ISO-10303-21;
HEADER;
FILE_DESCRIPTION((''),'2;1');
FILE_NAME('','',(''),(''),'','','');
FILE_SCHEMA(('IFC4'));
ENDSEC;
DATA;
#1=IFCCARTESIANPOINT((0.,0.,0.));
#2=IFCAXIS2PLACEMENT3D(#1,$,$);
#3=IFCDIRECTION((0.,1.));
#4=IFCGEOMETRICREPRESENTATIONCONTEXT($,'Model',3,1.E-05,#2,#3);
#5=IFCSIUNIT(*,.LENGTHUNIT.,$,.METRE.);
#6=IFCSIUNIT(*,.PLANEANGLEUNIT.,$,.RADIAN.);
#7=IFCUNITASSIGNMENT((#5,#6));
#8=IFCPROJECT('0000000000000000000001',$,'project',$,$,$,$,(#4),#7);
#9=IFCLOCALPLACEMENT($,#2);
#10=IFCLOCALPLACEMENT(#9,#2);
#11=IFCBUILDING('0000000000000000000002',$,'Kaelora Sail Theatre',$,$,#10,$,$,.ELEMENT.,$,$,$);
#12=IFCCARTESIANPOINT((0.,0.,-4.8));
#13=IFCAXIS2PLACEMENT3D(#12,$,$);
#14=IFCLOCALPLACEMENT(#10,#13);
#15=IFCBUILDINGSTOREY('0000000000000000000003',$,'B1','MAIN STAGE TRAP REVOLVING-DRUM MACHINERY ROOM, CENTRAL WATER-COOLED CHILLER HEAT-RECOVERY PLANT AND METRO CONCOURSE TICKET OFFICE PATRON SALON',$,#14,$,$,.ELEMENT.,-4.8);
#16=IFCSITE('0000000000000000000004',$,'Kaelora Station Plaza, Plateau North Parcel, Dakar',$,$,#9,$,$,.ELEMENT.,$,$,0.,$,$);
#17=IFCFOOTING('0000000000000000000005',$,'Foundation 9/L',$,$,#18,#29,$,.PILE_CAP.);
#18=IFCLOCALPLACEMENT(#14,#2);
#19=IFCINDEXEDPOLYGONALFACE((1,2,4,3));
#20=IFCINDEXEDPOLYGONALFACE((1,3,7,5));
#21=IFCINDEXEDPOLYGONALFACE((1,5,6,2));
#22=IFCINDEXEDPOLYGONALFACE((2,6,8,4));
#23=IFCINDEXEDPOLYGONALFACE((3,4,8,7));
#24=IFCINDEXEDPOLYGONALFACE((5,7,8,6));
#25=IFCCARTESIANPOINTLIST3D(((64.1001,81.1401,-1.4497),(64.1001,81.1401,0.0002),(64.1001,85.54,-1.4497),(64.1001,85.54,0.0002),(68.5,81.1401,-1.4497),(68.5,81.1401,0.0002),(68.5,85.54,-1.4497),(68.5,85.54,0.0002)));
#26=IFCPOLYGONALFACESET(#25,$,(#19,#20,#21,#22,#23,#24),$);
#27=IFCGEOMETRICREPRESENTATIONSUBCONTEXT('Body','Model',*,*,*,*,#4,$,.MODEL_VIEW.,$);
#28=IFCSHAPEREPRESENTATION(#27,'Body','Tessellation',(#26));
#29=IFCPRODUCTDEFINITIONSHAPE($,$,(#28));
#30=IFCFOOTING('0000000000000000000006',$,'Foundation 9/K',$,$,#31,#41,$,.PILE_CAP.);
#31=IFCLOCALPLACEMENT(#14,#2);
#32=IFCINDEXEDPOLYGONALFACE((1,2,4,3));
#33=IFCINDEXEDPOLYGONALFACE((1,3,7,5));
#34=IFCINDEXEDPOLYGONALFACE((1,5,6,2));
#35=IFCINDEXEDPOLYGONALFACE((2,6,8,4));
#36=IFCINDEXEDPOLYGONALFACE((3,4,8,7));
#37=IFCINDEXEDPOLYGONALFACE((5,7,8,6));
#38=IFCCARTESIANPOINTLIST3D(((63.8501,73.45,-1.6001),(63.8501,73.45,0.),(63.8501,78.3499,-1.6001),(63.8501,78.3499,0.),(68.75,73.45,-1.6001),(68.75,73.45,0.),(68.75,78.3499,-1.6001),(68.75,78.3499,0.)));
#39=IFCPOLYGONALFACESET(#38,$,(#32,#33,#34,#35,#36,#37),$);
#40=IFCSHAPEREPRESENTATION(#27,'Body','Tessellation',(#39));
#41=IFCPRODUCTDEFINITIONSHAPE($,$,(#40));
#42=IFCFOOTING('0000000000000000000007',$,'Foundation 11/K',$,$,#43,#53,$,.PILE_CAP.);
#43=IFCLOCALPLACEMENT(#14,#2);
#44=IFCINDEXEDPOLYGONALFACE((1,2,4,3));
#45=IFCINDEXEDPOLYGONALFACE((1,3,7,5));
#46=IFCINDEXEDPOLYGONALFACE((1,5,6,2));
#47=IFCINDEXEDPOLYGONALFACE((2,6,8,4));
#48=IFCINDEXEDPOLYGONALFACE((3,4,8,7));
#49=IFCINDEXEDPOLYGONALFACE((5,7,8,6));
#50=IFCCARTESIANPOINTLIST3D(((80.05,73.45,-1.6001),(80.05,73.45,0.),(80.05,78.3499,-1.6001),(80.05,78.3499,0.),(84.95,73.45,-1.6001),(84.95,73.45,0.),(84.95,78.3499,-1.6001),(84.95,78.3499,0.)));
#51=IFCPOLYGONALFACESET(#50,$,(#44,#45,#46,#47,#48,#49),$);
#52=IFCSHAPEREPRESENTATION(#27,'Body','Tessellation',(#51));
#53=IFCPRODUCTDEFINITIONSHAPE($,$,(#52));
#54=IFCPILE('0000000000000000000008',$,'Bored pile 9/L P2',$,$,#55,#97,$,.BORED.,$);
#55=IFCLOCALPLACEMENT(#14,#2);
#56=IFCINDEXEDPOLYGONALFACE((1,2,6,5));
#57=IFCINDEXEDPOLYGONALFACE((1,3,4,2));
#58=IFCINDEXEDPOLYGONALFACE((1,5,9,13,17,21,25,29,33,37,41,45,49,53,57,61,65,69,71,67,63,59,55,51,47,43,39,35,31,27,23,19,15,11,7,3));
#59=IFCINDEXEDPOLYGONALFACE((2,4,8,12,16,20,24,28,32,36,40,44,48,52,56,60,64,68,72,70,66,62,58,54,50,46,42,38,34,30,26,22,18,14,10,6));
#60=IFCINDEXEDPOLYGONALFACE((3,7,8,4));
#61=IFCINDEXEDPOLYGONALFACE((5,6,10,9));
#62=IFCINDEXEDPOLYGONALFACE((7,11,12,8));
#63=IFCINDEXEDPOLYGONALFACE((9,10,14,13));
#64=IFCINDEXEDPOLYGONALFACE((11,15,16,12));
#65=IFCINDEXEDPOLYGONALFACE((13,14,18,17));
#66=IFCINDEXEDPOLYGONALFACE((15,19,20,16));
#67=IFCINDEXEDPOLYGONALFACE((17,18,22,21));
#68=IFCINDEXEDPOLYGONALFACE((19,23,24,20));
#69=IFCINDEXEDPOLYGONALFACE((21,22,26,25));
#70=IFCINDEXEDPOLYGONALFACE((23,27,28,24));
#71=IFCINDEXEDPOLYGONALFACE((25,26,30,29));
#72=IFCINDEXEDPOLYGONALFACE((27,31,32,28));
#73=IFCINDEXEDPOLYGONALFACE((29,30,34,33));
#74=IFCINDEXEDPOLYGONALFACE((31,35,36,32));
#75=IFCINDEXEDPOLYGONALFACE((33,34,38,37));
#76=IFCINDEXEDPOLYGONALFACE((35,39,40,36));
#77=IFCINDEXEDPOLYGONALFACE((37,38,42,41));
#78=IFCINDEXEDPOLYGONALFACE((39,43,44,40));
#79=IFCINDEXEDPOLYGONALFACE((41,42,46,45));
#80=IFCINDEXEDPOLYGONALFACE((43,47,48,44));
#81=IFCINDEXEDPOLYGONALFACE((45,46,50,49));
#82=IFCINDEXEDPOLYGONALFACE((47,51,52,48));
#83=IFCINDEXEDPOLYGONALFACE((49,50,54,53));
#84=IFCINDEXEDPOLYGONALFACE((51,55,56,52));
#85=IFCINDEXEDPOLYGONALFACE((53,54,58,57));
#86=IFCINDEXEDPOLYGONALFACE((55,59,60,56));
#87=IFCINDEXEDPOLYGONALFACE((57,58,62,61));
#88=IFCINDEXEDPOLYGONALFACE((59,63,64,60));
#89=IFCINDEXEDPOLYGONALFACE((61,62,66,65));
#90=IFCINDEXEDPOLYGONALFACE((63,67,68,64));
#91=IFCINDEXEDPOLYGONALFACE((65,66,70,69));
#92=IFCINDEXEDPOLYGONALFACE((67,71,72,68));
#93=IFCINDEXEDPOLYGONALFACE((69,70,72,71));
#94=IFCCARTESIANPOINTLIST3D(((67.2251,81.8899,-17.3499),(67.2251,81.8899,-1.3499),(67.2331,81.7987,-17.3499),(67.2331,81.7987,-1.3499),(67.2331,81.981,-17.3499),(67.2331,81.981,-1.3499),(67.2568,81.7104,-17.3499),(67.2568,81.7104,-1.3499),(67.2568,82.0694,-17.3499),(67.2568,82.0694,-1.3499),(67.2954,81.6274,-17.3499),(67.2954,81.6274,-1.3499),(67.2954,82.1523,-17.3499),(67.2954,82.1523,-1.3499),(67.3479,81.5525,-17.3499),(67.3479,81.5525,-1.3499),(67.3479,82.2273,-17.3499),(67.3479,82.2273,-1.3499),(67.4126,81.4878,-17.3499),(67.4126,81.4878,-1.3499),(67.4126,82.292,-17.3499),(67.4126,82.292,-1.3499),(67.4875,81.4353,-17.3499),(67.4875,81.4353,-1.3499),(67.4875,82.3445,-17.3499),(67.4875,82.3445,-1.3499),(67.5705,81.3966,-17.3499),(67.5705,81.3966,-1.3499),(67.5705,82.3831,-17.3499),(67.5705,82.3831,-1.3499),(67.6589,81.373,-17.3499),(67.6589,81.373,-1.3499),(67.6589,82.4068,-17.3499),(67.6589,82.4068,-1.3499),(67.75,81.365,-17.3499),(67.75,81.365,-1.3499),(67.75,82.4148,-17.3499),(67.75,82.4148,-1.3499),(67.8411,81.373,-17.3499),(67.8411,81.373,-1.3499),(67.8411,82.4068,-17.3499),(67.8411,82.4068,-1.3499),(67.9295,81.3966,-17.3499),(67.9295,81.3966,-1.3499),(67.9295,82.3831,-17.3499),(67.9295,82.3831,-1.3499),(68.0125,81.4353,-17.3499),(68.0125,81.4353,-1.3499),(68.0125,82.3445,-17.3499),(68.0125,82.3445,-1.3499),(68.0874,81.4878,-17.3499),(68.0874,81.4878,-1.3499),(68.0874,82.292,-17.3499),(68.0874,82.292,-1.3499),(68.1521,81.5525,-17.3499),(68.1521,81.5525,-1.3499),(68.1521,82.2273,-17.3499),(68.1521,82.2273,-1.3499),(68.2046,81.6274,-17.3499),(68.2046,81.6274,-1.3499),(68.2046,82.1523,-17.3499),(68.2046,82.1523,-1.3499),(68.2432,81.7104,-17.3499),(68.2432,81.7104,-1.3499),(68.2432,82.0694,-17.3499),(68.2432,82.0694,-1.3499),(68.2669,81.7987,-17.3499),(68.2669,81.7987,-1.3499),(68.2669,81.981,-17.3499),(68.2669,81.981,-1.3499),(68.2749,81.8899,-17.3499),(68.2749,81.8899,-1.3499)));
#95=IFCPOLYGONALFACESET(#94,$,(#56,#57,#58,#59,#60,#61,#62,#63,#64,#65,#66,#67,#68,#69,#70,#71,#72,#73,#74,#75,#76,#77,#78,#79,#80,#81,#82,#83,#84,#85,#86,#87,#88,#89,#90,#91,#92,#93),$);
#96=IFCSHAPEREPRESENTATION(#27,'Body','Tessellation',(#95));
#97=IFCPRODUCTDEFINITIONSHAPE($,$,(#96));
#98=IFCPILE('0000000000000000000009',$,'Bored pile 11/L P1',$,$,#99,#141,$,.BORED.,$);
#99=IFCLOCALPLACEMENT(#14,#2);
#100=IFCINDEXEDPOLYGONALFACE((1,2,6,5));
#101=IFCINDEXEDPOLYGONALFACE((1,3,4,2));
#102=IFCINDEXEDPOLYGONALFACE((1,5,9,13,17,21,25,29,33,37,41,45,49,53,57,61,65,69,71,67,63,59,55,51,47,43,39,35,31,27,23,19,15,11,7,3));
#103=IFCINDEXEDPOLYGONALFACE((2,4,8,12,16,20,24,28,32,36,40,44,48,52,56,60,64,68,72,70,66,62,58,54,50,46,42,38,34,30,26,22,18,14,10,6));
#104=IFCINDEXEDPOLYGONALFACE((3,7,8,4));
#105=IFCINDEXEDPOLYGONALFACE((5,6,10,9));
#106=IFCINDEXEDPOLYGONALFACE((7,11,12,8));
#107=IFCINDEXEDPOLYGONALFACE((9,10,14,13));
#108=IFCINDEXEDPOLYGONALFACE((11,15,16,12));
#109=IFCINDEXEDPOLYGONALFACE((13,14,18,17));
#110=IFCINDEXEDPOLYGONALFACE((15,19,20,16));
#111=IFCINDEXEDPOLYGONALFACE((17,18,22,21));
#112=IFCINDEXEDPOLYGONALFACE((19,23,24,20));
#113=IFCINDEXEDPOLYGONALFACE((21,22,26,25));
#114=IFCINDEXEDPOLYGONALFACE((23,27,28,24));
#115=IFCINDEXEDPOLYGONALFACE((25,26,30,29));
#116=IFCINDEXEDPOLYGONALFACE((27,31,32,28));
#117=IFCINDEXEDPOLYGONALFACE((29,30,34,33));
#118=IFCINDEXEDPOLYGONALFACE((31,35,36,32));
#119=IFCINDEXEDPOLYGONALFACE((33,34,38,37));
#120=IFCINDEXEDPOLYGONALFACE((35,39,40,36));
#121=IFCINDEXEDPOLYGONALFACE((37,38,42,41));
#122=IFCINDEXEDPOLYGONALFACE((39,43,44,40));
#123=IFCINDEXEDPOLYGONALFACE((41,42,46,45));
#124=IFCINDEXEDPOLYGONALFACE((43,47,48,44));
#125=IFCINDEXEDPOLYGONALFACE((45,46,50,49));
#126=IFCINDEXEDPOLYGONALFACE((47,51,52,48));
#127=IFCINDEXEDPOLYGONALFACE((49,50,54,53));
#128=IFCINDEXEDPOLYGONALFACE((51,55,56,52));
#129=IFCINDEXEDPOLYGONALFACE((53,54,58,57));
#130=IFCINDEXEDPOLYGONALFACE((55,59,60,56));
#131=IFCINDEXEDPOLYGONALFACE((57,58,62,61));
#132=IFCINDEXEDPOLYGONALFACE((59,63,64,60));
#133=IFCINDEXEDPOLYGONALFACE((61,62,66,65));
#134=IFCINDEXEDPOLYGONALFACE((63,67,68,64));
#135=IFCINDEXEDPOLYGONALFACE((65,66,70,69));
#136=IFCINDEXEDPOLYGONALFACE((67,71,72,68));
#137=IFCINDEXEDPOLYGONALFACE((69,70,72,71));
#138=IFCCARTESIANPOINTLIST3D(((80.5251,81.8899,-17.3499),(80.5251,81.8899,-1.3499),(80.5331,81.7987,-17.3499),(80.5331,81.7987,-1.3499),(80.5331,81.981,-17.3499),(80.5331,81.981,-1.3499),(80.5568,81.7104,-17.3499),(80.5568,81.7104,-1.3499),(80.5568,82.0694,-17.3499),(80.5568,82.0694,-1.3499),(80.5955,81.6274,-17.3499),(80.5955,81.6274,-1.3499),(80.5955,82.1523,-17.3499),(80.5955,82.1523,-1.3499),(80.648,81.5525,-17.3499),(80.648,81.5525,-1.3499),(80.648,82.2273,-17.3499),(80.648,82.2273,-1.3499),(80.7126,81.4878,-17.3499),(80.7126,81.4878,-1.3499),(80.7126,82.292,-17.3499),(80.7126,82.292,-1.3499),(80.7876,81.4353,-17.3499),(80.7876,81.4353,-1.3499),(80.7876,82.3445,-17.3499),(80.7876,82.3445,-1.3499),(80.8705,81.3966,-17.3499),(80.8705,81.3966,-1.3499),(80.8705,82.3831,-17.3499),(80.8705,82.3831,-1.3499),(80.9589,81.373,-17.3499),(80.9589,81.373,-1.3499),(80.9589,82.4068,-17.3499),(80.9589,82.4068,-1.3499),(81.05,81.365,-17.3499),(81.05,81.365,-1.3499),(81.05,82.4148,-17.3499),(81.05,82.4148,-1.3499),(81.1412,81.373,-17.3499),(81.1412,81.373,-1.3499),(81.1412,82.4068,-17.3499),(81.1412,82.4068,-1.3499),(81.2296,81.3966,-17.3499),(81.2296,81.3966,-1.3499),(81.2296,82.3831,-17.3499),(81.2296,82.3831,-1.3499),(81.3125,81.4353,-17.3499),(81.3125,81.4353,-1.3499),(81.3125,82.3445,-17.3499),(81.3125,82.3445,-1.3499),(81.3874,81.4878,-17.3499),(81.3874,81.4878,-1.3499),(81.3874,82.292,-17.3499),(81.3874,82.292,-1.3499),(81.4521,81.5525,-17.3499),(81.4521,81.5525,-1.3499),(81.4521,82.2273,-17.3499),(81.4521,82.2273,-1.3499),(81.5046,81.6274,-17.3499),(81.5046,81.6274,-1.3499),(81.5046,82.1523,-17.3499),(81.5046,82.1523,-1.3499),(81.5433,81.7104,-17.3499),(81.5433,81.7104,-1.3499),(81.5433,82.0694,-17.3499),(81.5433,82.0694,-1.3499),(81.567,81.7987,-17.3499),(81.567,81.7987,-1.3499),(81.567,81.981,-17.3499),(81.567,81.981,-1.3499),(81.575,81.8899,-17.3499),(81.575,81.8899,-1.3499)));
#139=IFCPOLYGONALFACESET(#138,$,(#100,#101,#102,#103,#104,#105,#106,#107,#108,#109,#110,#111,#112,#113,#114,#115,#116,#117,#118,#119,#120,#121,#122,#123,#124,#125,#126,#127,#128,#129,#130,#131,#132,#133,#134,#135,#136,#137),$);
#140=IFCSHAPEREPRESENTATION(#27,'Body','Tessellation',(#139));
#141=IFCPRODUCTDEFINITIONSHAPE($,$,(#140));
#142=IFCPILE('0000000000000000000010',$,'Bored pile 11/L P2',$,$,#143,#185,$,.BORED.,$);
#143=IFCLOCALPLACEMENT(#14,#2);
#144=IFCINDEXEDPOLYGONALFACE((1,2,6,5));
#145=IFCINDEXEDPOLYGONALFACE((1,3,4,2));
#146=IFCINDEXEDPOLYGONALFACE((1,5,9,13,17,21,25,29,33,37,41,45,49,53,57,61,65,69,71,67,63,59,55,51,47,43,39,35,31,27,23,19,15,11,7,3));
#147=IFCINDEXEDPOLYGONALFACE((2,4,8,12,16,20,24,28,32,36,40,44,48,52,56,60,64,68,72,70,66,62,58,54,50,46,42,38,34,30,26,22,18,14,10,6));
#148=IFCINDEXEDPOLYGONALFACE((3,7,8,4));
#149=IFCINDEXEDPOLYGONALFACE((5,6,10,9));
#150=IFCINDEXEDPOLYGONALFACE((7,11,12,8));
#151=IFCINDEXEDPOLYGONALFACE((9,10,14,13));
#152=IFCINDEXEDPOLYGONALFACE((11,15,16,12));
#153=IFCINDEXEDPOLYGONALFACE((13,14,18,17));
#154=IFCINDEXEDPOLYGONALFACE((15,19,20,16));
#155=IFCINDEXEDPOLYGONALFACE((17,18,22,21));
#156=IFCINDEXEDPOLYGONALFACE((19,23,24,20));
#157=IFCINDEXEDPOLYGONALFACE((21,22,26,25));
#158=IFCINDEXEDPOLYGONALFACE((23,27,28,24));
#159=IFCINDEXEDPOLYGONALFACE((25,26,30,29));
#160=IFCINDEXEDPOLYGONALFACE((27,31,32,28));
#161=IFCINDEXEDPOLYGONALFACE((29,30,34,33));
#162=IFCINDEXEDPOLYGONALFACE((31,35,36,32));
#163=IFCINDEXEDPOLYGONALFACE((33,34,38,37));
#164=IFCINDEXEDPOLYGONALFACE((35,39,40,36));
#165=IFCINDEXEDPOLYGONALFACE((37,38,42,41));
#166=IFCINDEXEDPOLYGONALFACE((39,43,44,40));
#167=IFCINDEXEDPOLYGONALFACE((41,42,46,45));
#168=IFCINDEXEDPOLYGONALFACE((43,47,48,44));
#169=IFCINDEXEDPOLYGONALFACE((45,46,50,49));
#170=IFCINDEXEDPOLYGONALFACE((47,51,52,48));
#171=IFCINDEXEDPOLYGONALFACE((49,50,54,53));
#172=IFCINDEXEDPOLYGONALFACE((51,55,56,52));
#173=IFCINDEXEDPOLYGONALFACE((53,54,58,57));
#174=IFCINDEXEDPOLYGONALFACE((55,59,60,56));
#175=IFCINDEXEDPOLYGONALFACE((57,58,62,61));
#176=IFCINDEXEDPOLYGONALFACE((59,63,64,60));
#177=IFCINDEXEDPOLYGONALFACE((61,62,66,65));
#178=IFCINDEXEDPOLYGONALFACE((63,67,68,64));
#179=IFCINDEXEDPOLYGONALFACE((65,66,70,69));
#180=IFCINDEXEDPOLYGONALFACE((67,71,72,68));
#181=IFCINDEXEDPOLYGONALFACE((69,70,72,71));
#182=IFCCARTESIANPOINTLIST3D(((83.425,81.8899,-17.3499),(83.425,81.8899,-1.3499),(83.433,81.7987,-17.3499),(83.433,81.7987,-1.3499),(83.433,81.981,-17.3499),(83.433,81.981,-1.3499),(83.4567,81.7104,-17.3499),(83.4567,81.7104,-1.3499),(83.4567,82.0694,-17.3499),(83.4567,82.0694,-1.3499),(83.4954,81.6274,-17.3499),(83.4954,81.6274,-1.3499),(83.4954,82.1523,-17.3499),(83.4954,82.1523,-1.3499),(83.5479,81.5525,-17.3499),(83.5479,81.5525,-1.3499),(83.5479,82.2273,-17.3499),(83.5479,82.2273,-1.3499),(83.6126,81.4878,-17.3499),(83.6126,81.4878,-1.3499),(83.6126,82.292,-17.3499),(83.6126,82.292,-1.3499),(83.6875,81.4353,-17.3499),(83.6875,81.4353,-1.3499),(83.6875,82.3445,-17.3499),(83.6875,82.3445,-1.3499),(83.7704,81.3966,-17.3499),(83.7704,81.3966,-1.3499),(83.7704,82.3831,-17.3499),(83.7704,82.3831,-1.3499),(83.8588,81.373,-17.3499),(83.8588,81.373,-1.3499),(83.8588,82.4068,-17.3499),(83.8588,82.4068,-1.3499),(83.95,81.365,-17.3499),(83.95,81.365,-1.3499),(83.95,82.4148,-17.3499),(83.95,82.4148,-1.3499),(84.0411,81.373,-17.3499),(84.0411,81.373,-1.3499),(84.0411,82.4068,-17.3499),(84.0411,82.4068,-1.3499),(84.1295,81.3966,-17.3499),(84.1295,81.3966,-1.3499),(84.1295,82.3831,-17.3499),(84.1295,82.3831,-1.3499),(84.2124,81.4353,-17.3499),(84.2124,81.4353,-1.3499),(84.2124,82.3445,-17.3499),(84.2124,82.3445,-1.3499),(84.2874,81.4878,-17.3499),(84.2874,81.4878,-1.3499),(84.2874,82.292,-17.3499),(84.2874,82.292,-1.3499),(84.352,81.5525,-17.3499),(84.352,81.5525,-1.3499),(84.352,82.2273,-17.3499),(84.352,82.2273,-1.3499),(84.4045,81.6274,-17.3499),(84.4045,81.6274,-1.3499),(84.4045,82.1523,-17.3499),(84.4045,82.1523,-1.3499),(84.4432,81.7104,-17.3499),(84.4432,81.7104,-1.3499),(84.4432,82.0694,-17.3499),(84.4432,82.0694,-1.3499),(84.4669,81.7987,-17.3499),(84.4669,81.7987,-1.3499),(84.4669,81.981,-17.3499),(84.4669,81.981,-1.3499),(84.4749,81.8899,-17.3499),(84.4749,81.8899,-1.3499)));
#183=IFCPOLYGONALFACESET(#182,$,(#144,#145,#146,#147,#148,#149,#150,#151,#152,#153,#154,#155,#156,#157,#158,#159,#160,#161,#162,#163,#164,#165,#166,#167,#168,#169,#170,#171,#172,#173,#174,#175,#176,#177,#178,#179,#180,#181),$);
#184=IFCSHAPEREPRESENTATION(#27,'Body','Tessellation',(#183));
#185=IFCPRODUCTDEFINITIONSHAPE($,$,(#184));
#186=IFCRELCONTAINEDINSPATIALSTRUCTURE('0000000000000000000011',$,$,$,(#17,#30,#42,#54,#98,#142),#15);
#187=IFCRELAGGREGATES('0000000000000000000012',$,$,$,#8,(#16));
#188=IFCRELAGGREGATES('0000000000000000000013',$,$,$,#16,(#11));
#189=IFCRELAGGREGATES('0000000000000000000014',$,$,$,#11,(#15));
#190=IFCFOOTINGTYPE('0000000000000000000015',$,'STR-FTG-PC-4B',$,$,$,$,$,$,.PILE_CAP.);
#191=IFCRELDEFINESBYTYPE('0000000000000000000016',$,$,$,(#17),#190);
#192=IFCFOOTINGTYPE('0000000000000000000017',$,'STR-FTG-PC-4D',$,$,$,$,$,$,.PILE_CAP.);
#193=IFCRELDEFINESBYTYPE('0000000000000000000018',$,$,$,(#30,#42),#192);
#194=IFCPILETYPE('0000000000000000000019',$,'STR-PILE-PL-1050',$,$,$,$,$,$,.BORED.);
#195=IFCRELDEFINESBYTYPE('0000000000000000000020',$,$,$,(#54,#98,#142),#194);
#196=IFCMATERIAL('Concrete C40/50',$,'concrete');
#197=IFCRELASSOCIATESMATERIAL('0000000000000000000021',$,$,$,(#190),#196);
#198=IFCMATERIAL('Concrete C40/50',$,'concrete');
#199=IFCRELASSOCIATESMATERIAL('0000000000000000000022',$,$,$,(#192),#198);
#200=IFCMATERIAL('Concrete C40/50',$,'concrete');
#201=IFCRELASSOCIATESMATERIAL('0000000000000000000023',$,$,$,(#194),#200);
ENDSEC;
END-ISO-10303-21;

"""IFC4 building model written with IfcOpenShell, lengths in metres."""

from ifc_helpers import new_model, si_unit, direction, frame, origin, origin_2d, place, context, subcontext, project, spatial, rectangle, circle, extrude, material, material_profile, profile_set, type_object, element, save


model = new_model("IFC4")

# Units and contexts
model_context = context("Model", 3, precision=1e-05, world=origin(), true_north=direction((0.0, 1.0)))
body_context = subcontext(model_context, "Body", "Model", "MODEL_VIEW")
ifc_project = project(units=[si_unit("LENGTHUNIT", "METRE"), si_unit("PLANEANGLEUNIT", "RADIAN")], contexts=[model_context])

# Site, building, storey
site_placement = place(None, origin())
site = spatial("IfcSite", under=ifc_project, at=site_placement, Name="Kaelora Station Plaza, Plateau North Parcel, Dakar", CompositionType="ELEMENT", RefElevation=0.0)
building_placement = place(site_placement, origin())
building = spatial("IfcBuilding", under=site, at=building_placement, Name="Kaelora Sail Theatre", CompositionType="ELEMENT")
storey_placement = place(building_placement, frame((0.0, 0.0, -4.8)))
storey = spatial("IfcBuildingStorey", under=building, at=storey_placement, Name="B1", Description="MAIN STAGE TRAP REVOLVING-DRUM MACHINERY ROOM, CENTRAL WATER-COOLED CHILLER HEAT-RECOVERY PLANT AND METRO CONCOURSE TICKET OFFICE PATRON SALON", CompositionType="ELEMENT", Elevation=-4.8)

# Footings
ifc_material_1 = material(Name="Concrete C40/50", Category="concrete")
footing_type_1 = type_object("IfcFootingType", Name="STR-FTG-PC-4B", PredefinedType="PILE_CAP", material=ifc_material_1)
footing_placement = place(storey_placement, frame((66.3, 83.3401, -1.4497), z_axis=(0.0, 0.0, 1.0), x_axis=(1.0, 0.0, 0.0)))
element("IfcFooting", 1, at=footing_placement, inside=storey, type_object=footing_type_1, Name="Foundation 9/L", PredefinedType="PILE_CAP", context=body_context, shape_type="SweptSolid", body=[
    extrude(rectangle(XDim=4.3999, YDim=4.3999, at=origin_2d()), origin(), (0.0, 0.0, 1.0), 1.45),
])
ifc_material_2 = material(Name="Concrete C40/50", Category="concrete")
footing_type_2 = type_object("IfcFootingType", Name="STR-FTG-PC-4D", PredefinedType="PILE_CAP", material=ifc_material_2)
for number, where, z_axis, x_axis, name in (
    (2, (66.3, 75.8999, -1.6001), (0.0, 0.0, 1.0), (1.0, 0.0, 0.0), "Foundation 9/K"),
    (3, (82.5, 75.8999, -1.6001), (0.0, 0.0, 1.0), (1.0, 0.0, 0.0), "Foundation 11/K"),
):
    element("IfcFooting", number, at=place(storey_placement, frame(where, z_axis=z_axis, x_axis=x_axis)), inside=storey, type_object=footing_type_2, Name=name, PredefinedType="PILE_CAP", context=body_context, shape_type="SweptSolid", body=[
        extrude(rectangle(XDim=4.8999, YDim=4.8999, at=origin_2d()), origin(), (0.0, 0.0, 1.0), 1.6001),
    ])

# Piles
ifc_material_3 = material(Name="Concrete C40/50", Category="concrete")
ifc_material_profile_1 = material_profile(ifc_material_3, circle(Radius=0.5249, at=origin_2d()), Name="PILE D1050")
ifc_profile_set_1 = profile_set([ifc_material_profile_1], Name="Concrete C40/50")
pile_type_1 = type_object("IfcPileType", Name="STR-PILE-PL-1050", PredefinedType="BORED", material=ifc_profile_set_1)
for number, where, z_axis, x_axis, name in (
    (4, (67.75, 81.8899, -1.3499), (0.0, 0.0, -1.0), (1.0, 0.0, 0.0), "Bored pile 9/L P2"),
    (5, (81.05, 81.8899, -1.3499), (0.0, 0.0, -1.0), (1.0, 0.0, 0.0), "Bored pile 11/L P1"),
    (6, (83.95, 81.8899, -1.3499), (0.0, 0.0, -1.0), (1.0, 0.0, 0.0), "Bored pile 11/L P2"),
):
    element("IfcPile", number, at=place(storey_placement, frame(where, z_axis=z_axis, x_axis=x_axis)), inside=storey, type_object=pile_type_1, Name=name, PredefinedType="BORED", context=body_context, shape_type="SweptSolid", body=[
        extrude(circle(Radius=0.5249, at=origin_2d()), origin(), (0.0, 0.0, 1.0), 16.0),
    ])

save(model, "model.ifc")
